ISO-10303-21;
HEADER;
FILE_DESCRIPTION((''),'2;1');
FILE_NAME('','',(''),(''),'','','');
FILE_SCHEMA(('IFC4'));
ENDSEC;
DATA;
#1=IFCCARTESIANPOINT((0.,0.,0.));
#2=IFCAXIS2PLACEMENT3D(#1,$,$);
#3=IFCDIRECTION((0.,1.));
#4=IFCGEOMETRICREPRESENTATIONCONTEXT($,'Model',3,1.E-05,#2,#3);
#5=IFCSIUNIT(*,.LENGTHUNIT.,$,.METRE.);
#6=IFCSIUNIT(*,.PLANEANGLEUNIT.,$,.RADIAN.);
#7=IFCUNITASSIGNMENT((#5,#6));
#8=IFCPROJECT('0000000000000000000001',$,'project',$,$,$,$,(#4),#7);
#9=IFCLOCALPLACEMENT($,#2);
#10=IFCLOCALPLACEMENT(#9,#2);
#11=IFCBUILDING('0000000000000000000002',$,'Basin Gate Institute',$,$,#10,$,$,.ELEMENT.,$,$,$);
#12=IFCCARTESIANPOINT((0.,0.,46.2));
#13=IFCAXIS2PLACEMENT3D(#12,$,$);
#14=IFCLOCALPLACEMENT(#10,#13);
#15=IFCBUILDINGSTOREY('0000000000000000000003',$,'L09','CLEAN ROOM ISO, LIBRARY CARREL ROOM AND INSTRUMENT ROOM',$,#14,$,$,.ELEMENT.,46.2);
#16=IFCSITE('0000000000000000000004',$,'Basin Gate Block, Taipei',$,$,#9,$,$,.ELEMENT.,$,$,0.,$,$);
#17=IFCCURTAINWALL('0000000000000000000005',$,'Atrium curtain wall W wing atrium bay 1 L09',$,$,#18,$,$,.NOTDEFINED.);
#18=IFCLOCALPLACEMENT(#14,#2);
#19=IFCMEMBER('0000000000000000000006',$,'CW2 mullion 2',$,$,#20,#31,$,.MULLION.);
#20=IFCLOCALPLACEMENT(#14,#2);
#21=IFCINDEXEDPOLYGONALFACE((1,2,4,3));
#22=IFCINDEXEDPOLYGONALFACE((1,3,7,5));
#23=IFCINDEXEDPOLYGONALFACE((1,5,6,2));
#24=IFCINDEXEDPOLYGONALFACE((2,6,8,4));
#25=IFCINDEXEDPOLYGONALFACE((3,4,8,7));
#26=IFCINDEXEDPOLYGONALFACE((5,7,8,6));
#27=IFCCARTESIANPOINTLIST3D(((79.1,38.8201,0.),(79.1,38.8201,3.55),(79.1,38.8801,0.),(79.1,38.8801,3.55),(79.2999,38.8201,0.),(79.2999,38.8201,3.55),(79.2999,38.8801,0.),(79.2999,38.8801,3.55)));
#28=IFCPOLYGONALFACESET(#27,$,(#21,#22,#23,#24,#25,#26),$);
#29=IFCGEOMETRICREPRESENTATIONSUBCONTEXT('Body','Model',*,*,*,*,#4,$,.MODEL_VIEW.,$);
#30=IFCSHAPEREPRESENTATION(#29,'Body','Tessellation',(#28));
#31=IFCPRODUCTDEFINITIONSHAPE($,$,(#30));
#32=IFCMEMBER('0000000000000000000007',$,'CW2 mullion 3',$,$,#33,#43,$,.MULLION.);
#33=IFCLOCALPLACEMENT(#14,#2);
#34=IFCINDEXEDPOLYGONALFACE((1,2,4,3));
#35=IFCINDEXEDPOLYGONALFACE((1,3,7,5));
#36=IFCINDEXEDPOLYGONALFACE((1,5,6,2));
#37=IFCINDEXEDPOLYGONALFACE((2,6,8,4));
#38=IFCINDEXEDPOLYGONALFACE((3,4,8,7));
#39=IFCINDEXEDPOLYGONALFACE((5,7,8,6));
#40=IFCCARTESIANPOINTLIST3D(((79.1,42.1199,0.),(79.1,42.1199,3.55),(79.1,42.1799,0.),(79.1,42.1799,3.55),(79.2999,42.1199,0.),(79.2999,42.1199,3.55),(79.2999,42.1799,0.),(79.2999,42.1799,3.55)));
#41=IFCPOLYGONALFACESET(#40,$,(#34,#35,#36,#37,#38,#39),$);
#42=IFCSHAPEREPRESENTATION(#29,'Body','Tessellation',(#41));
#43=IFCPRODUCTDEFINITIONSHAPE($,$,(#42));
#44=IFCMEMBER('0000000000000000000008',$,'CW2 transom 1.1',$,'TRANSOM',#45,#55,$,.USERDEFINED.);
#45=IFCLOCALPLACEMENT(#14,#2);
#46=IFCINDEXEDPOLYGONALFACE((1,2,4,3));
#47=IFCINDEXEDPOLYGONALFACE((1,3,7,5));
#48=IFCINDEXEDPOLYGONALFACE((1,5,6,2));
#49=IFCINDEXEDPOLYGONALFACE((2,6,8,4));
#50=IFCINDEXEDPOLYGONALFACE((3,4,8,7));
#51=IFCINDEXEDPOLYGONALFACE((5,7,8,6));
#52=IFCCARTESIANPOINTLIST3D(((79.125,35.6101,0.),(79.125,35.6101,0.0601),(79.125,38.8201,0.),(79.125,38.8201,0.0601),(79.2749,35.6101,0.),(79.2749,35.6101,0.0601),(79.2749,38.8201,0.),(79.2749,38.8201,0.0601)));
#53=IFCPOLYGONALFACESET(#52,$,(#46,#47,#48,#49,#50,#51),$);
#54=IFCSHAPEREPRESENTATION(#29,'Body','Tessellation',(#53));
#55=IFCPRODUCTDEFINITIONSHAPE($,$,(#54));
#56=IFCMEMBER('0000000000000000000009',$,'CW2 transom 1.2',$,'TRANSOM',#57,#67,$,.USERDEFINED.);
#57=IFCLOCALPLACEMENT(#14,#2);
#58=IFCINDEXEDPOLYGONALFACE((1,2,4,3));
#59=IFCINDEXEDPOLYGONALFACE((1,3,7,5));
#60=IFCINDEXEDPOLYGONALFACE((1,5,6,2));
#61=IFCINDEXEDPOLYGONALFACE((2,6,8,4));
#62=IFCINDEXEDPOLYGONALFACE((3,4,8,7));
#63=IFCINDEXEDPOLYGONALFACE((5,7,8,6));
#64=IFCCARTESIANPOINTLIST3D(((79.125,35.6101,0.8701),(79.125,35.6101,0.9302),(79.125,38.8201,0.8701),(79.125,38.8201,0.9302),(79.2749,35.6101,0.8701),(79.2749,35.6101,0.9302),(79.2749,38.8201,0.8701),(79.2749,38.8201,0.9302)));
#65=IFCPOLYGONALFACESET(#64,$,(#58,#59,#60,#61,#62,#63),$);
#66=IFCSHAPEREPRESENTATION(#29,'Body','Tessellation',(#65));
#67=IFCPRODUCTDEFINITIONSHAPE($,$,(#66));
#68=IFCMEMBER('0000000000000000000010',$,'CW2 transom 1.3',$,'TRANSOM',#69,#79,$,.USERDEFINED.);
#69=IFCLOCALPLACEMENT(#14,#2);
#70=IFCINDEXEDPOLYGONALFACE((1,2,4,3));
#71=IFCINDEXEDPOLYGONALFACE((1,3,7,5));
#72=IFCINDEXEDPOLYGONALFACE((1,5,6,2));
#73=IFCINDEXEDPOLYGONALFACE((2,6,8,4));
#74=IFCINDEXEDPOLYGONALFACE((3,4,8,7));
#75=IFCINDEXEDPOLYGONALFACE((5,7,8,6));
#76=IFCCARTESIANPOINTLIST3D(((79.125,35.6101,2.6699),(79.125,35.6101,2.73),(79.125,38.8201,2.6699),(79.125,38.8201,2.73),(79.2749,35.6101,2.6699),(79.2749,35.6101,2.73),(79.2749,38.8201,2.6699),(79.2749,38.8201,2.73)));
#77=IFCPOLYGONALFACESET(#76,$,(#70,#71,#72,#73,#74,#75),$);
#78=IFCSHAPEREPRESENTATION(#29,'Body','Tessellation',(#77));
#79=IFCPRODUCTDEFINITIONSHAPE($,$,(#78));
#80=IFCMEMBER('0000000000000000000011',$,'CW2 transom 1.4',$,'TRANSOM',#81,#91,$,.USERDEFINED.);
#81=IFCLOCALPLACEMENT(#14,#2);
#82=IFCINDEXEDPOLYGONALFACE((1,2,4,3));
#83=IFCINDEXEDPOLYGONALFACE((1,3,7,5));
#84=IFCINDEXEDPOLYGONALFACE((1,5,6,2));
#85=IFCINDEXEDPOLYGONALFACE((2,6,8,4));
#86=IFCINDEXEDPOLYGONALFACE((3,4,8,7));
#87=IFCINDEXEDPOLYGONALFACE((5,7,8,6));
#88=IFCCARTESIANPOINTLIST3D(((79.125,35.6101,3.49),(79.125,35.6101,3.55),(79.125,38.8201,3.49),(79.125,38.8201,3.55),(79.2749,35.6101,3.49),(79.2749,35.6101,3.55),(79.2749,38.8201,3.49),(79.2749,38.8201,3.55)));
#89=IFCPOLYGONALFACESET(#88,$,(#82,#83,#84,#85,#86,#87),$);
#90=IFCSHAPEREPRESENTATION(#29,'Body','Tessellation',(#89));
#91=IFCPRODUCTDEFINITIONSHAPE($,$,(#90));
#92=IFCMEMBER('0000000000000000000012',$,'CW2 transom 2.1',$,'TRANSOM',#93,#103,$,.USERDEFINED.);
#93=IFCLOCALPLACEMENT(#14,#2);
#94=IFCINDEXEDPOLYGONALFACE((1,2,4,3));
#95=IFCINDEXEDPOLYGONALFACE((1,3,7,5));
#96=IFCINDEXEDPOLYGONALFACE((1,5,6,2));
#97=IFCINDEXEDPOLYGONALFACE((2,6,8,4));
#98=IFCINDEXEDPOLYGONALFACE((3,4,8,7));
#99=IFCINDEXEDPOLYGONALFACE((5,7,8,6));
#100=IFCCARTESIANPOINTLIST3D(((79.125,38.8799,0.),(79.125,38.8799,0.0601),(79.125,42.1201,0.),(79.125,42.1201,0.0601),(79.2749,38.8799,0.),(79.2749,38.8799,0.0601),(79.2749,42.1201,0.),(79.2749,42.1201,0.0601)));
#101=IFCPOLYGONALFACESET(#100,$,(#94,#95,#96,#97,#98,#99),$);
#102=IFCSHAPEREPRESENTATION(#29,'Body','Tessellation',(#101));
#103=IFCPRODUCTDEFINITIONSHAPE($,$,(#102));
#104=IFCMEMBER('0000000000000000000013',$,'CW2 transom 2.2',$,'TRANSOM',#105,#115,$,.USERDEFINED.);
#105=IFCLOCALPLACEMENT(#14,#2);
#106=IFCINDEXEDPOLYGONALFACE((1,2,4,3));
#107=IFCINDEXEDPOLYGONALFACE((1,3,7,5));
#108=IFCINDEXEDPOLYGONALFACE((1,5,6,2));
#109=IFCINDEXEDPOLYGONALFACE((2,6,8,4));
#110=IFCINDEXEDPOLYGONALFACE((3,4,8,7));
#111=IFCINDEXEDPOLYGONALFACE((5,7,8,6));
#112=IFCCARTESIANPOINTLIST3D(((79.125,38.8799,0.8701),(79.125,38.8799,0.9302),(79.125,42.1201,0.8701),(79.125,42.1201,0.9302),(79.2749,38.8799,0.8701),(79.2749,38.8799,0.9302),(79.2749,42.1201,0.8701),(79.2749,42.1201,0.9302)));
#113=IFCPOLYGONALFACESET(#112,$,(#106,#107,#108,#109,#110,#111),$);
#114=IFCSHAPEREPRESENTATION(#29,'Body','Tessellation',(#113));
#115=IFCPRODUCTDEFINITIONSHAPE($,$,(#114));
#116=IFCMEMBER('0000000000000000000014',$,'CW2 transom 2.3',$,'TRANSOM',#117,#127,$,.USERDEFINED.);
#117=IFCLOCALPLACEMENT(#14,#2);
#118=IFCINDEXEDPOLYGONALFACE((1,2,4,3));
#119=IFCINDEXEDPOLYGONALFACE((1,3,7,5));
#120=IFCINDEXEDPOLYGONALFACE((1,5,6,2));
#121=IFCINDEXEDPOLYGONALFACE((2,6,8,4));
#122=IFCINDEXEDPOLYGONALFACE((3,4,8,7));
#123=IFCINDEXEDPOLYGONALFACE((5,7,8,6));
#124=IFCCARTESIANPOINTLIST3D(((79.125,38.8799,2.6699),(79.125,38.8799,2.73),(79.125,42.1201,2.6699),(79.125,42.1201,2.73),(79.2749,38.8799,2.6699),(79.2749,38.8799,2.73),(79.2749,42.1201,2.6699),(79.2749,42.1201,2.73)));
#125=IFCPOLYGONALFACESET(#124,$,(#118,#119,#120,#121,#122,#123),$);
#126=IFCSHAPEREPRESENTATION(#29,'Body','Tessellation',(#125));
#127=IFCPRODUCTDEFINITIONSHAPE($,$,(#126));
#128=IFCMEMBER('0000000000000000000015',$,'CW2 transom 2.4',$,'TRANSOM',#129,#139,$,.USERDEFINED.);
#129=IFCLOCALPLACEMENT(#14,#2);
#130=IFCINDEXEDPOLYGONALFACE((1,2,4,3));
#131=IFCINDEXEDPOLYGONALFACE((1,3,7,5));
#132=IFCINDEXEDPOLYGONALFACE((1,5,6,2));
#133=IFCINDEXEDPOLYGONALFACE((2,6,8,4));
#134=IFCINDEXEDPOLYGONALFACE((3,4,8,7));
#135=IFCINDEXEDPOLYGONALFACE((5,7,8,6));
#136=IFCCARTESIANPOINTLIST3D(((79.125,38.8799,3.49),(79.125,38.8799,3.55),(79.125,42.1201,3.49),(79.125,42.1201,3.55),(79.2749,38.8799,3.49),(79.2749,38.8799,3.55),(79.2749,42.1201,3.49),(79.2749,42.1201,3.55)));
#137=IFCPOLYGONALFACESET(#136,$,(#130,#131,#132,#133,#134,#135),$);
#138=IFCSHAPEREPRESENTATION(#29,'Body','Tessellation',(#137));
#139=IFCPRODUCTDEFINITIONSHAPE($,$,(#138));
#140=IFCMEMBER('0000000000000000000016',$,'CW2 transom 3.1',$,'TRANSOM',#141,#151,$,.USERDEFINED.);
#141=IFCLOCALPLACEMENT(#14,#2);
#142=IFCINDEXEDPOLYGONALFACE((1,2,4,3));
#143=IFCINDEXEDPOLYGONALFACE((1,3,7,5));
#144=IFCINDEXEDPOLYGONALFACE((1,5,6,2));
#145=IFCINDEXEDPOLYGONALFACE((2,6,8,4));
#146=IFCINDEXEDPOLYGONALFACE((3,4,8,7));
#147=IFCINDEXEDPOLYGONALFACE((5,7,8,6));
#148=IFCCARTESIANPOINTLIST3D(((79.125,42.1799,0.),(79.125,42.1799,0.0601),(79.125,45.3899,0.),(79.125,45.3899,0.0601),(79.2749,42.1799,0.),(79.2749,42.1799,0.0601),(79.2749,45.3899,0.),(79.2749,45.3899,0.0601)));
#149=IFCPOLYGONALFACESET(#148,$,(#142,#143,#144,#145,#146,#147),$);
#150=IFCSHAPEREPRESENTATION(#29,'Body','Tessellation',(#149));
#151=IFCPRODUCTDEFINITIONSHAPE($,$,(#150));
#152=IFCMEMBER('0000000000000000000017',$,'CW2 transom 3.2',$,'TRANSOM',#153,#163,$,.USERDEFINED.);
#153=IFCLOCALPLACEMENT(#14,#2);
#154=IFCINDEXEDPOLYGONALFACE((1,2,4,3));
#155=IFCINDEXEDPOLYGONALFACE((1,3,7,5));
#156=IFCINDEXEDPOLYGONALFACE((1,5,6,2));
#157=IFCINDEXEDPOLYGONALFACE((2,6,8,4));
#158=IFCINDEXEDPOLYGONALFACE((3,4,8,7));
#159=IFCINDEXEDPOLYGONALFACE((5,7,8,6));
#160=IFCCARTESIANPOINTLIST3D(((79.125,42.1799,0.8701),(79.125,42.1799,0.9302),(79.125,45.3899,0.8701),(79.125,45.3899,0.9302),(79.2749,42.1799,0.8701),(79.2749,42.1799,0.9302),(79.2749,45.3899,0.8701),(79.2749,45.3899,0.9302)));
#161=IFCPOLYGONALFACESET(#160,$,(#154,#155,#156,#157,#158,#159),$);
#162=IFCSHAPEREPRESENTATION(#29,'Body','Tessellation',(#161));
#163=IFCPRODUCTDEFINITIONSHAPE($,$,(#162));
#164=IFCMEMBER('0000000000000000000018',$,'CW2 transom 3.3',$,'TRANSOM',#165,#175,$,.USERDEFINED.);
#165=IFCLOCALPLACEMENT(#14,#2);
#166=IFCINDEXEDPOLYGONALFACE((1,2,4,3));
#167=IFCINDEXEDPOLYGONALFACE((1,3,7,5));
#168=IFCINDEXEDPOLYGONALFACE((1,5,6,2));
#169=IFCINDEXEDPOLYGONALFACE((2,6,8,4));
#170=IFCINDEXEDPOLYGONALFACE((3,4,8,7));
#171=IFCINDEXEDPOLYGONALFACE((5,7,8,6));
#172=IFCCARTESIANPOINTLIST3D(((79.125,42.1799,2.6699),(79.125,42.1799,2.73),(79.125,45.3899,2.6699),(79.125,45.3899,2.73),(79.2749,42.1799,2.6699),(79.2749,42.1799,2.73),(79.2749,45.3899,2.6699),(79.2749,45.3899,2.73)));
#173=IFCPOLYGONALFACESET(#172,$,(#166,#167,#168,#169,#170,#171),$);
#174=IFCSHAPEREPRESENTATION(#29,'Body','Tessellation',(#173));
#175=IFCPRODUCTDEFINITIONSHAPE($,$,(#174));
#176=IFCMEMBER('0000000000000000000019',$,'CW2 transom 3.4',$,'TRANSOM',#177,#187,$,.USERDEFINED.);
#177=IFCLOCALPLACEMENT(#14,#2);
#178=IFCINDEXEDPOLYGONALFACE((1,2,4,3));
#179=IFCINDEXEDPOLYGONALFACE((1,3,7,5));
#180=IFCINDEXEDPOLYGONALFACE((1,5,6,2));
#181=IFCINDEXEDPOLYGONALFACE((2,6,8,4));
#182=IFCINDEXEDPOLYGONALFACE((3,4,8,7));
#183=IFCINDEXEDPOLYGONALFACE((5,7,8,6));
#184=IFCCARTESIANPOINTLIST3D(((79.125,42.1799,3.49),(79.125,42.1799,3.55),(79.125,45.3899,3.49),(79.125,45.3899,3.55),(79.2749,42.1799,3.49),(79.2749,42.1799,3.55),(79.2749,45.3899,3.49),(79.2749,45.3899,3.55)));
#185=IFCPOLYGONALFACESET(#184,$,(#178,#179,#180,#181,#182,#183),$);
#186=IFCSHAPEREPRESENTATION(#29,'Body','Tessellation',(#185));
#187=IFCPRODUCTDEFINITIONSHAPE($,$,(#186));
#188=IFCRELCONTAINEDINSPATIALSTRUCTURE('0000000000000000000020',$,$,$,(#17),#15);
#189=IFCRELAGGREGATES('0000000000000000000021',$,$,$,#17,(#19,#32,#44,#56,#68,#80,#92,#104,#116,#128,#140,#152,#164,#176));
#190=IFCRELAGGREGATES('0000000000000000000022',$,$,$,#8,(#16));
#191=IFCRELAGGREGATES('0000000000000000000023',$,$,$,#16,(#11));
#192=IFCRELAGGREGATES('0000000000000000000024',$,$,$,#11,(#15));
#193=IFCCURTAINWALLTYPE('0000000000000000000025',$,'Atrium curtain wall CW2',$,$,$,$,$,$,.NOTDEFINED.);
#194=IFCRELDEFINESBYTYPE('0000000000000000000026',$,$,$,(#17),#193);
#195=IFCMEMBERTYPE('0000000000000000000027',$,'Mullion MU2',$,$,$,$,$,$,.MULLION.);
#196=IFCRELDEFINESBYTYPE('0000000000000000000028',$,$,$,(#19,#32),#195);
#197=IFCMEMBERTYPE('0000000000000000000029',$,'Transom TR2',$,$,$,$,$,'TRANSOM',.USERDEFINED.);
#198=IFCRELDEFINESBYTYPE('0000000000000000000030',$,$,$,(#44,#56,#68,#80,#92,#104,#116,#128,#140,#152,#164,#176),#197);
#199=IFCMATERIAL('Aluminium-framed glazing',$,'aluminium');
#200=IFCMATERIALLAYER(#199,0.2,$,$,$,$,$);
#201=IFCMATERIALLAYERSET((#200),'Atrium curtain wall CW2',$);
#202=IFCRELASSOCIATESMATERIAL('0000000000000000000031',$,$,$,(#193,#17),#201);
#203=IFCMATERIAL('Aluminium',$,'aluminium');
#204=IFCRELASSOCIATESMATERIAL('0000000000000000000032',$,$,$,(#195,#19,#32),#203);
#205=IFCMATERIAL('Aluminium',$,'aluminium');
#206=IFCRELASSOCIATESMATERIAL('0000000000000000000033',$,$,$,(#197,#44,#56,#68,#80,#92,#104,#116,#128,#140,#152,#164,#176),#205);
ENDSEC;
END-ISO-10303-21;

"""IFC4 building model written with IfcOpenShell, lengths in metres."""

from ifc_helpers import new_model, si_unit, direction, frame, origin, origin_2d, place, context, subcontext, project, spatial, rectangle, extrude, material, layer, layer_set, material_profile, profile_set, type_object, element, aggregate, save


model = new_model("IFC4")

# Units and contexts
model_context = context("Model", 3, precision=1e-05, world=origin(), true_north=direction((0.0, 1.0)))
body_context = subcontext(model_context, "Body", "Model", "MODEL_VIEW")
ifc_project = project(units=[si_unit("LENGTHUNIT", "METRE"), si_unit("PLANEANGLEUNIT", "RADIAN")], contexts=[model_context])

# Site, building, storey
site_placement = place(None, origin())
site = spatial("IfcSite", under=ifc_project, at=site_placement, Name="Basin Gate Block, Taipei", CompositionType="ELEMENT", RefElevation=0.0)
building_placement = place(site_placement, origin())
building = spatial("IfcBuilding", under=site, at=building_placement, Name="Basin Gate Institute", CompositionType="ELEMENT")
storey_placement = place(building_placement, frame((0.0, 0.0, 46.2)))
storey = spatial("IfcBuildingStorey", under=building, at=storey_placement, Name="L09", Description="CLEAN ROOM ISO, LIBRARY CARREL ROOM AND INSTRUMENT ROOM", CompositionType="ELEMENT", Elevation=46.2)

# Curtain wall, members
ifc_material_1 = material(Name="Aluminium-framed glazing", Category="aluminium")
ifc_layer_1 = layer(ifc_material_1, 0.2)
ifc_layer_set_1 = layer_set([ifc_layer_1], Name="Atrium curtain wall CW2")
curtain_wall_type = type_object("IfcCurtainWallType", Name="Atrium curtain wall CW2", PredefinedType="NOTDEFINED", material=ifc_layer_set_1)
curtain_wall_placement = place(storey_placement, origin())
curtain_wall = element("IfcCurtainWall", 1, at=curtain_wall_placement, inside=storey, type_object=curtain_wall_type, material=ifc_layer_set_1, Name="Atrium curtain wall W wing atrium bay 1 L09", PredefinedType="NOTDEFINED")
ifc_material_2 = material(Name="Aluminium", Category="aluminium")
ifc_material_profile_1 = material_profile(ifc_material_2, rectangle(XDim=0.2, YDim=0.0601, at=origin_2d()), Name="Mullion MU2 200 x 60")
ifc_profile_set_1 = profile_set([ifc_material_profile_1], Name="Aluminium")
member_type_1 = type_object("IfcMemberType", Name="Mullion MU2", PredefinedType="MULLION", material=ifc_profile_set_1)
member_1_placement = place(storey_placement, frame((79.2, 38.8501, 0.0), z_axis=(0.0, 0.0, 1.0), x_axis=(-1.0, 0.0, 0.0)))
member_1 = element("IfcMember", 2, at=member_1_placement, type_object=member_type_1, material=ifc_profile_set_1, Name="CW2 mullion 2", PredefinedType="MULLION", context=body_context, shape_type="SweptSolid", body=[
    extrude(rectangle(XDim=0.2, YDim=0.0601, at=origin_2d()), origin(), (0.0, 0.0, 1.0), 3.55),
])
member_2_placement = place(storey_placement, frame((79.2, 42.1499, 0.0), z_axis=(0.0, 0.0, 1.0), x_axis=(-1.0, 0.0, 0.0)))
member_2 = element("IfcMember", 3, at=member_2_placement, type_object=member_type_1, material=ifc_profile_set_1, Name="CW2 mullion 3", PredefinedType="MULLION", context=body_context, shape_type="SweptSolid", body=[
    extrude(rectangle(XDim=0.2, YDim=0.0601, at=origin_2d()), origin(), (0.0, 0.0, 1.0), 3.55),
])
ifc_material_3 = material(Name="Aluminium", Category="aluminium")
ifc_material_profile_2 = material_profile(ifc_material_3, rectangle(XDim=0.1499, YDim=0.0601, at=origin_2d()), Name="Transom TR2 150 x 60")
ifc_profile_set_2 = profile_set([ifc_material_profile_2], Name="Aluminium")
member_type_2 = type_object("IfcMemberType", Name="Transom TR2", ElementType="TRANSOM", PredefinedType="USERDEFINED", material=ifc_profile_set_2)
member_3_placement = place(storey_placement, frame((79.2, 35.6101, 0.03), z_axis=(0.0, 1.0, 0.0), x_axis=(-1.0, 0.0, 0.0)))
member_3 = element("IfcMember", 4, at=member_3_placement, type_object=member_type_2, material=ifc_profile_set_2, Name="CW2 transom 1.1", ObjectType="TRANSOM", PredefinedType="USERDEFINED", context=body_context, shape_type="SweptSolid", body=[
    extrude(rectangle(XDim=0.1499, YDim=0.0601, at=origin_2d()), origin(), (0.0, 0.0, 1.0), 3.21),
])
member_4_placement = place(storey_placement, frame((79.2, 35.6101, 0.9001), z_axis=(0.0, 1.0, 0.0), x_axis=(-1.0, 0.0, 0.0)))
member_4 = element("IfcMember", 5, at=member_4_placement, type_object=member_type_2, material=ifc_profile_set_2, Name="CW2 transom 1.2", ObjectType="TRANSOM", PredefinedType="USERDEFINED", context=body_context, shape_type="SweptSolid", body=[
    extrude(rectangle(XDim=0.1499, YDim=0.0601, at=origin_2d()), origin(), (0.0, 0.0, 1.0), 3.21),
])
member_5_placement = place(storey_placement, frame((79.2, 35.6101, 2.7), z_axis=(0.0, 1.0, 0.0), x_axis=(-1.0, 0.0, 0.0)))
member_5 = element("IfcMember", 6, at=member_5_placement, type_object=member_type_2, material=ifc_profile_set_2, Name="CW2 transom 1.3", ObjectType="TRANSOM", PredefinedType="USERDEFINED", context=body_context, shape_type="SweptSolid", body=[
    extrude(rectangle(XDim=0.1499, YDim=0.0601, at=origin_2d()), origin(), (0.0, 0.0, 1.0), 3.21),
])
member_6_placement = place(storey_placement, frame((79.2, 35.6101, 3.52), z_axis=(0.0, 1.0, 0.0), x_axis=(-1.0, 0.0, 0.0)))
member_6 = element("IfcMember", 7, at=member_6_placement, type_object=member_type_2, material=ifc_profile_set_2, Name="CW2 transom 1.4", ObjectType="TRANSOM", PredefinedType="USERDEFINED", context=body_context, shape_type="SweptSolid", body=[
    extrude(rectangle(XDim=0.1499, YDim=0.0601, at=origin_2d()), origin(), (0.0, 0.0, 1.0), 3.21),
])
member_7_placement = place(storey_placement, frame((79.2, 38.8799, 0.03), z_axis=(0.0, 1.0, 0.0), x_axis=(-1.0, 0.0, 0.0)))
member_7 = element("IfcMember", 8, at=member_7_placement, type_object=member_type_2, material=ifc_profile_set_2, Name="CW2 transom 2.1", ObjectType="TRANSOM", PredefinedType="USERDEFINED", context=body_context, shape_type="SweptSolid", body=[
    extrude(rectangle(XDim=0.1499, YDim=0.0601, at=origin_2d()), origin(), (0.0, 0.0, 1.0), 3.2402),
])
member_8_placement = place(storey_placement, frame((79.2, 38.8799, 0.9001), z_axis=(0.0, 1.0, 0.0), x_axis=(-1.0, 0.0, 0.0)))
member_8 = element("IfcMember", 9, at=member_8_placement, type_object=member_type_2, material=ifc_profile_set_2, Name="CW2 transom 2.2", ObjectType="TRANSOM", PredefinedType="USERDEFINED", context=body_context, shape_type="SweptSolid", body=[
    extrude(rectangle(XDim=0.1499, YDim=0.0601, at=origin_2d()), origin(), (0.0, 0.0, 1.0), 3.2402),
])
member_9_placement = place(storey_placement, frame((79.2, 38.8799, 2.7), z_axis=(0.0, 1.0, 0.0), x_axis=(-1.0, 0.0, 0.0)))
member_9 = element("IfcMember", 10, at=member_9_placement, type_object=member_type_2, material=ifc_profile_set_2, Name="CW2 transom 2.3", ObjectType="TRANSOM", PredefinedType="USERDEFINED", context=body_context, shape_type="SweptSolid", body=[
    extrude(rectangle(XDim=0.1499, YDim=0.0601, at=origin_2d()), origin(), (0.0, 0.0, 1.0), 3.2402),
])
member_10_placement = place(storey_placement, frame((79.2, 38.8799, 3.52), z_axis=(0.0, 1.0, 0.0), x_axis=(-1.0, 0.0, 0.0)))
member_10 = element("IfcMember", 11, at=member_10_placement, type_object=member_type_2, material=ifc_profile_set_2, Name="CW2 transom 2.4", ObjectType="TRANSOM", PredefinedType="USERDEFINED", context=body_context, shape_type="SweptSolid", body=[
    extrude(rectangle(XDim=0.1499, YDim=0.0601, at=origin_2d()), origin(), (0.0, 0.0, 1.0), 3.2402),
])
member_11_placement = place(storey_placement, frame((79.2, 42.1799, 0.03), z_axis=(0.0, 1.0, 0.0), x_axis=(-1.0, 0.0, 0.0)))
member_11 = element("IfcMember", 12, at=member_11_placement, type_object=member_type_2, material=ifc_profile_set_2, Name="CW2 transom 3.1", ObjectType="TRANSOM", PredefinedType="USERDEFINED", context=body_context, shape_type="SweptSolid", body=[
    extrude(rectangle(XDim=0.1499, YDim=0.0601, at=origin_2d()), origin(), (0.0, 0.0, 1.0), 3.21),
])
member_12_placement = place(storey_placement, frame((79.2, 42.1799, 0.9001), z_axis=(0.0, 1.0, 0.0), x_axis=(-1.0, 0.0, 0.0)))
member_12 = element("IfcMember", 13, at=member_12_placement, type_object=member_type_2, material=ifc_profile_set_2, Name="CW2 transom 3.2", ObjectType="TRANSOM", PredefinedType="USERDEFINED", context=body_context, shape_type="SweptSolid", body=[
    extrude(rectangle(XDim=0.1499, YDim=0.0601, at=origin_2d()), origin(), (0.0, 0.0, 1.0), 3.21),
])
member_13_placement = place(storey_placement, frame((79.2, 42.1799, 2.7), z_axis=(0.0, 1.0, 0.0), x_axis=(-1.0, 0.0, 0.0)))
member_13 = element("IfcMember", 14, at=member_13_placement, type_object=member_type_2, material=ifc_profile_set_2, Name="CW2 transom 3.3", ObjectType="TRANSOM", PredefinedType="USERDEFINED", context=body_context, shape_type="SweptSolid", body=[
    extrude(rectangle(XDim=0.1499, YDim=0.0601, at=origin_2d()), origin(), (0.0, 0.0, 1.0), 3.21),
])
member_14_placement = place(storey_placement, frame((79.2, 42.1799, 3.52), z_axis=(0.0, 1.0, 0.0), x_axis=(-1.0, 0.0, 0.0)))
member_14 = element("IfcMember", 15, at=member_14_placement, type_object=member_type_2, material=ifc_profile_set_2, Name="CW2 transom 3.4", ObjectType="TRANSOM", PredefinedType="USERDEFINED", context=body_context, shape_type="SweptSolid", body=[
    extrude(rectangle(XDim=0.1499, YDim=0.0601, at=origin_2d()), origin(), (0.0, 0.0, 1.0), 3.21),
])
aggregate(curtain_wall, [member_1, member_2, member_3, member_4, member_5, member_6, member_7, member_8, member_9, member_10, member_11, member_12, member_13, member_14])

save(model, "model.ifc")
